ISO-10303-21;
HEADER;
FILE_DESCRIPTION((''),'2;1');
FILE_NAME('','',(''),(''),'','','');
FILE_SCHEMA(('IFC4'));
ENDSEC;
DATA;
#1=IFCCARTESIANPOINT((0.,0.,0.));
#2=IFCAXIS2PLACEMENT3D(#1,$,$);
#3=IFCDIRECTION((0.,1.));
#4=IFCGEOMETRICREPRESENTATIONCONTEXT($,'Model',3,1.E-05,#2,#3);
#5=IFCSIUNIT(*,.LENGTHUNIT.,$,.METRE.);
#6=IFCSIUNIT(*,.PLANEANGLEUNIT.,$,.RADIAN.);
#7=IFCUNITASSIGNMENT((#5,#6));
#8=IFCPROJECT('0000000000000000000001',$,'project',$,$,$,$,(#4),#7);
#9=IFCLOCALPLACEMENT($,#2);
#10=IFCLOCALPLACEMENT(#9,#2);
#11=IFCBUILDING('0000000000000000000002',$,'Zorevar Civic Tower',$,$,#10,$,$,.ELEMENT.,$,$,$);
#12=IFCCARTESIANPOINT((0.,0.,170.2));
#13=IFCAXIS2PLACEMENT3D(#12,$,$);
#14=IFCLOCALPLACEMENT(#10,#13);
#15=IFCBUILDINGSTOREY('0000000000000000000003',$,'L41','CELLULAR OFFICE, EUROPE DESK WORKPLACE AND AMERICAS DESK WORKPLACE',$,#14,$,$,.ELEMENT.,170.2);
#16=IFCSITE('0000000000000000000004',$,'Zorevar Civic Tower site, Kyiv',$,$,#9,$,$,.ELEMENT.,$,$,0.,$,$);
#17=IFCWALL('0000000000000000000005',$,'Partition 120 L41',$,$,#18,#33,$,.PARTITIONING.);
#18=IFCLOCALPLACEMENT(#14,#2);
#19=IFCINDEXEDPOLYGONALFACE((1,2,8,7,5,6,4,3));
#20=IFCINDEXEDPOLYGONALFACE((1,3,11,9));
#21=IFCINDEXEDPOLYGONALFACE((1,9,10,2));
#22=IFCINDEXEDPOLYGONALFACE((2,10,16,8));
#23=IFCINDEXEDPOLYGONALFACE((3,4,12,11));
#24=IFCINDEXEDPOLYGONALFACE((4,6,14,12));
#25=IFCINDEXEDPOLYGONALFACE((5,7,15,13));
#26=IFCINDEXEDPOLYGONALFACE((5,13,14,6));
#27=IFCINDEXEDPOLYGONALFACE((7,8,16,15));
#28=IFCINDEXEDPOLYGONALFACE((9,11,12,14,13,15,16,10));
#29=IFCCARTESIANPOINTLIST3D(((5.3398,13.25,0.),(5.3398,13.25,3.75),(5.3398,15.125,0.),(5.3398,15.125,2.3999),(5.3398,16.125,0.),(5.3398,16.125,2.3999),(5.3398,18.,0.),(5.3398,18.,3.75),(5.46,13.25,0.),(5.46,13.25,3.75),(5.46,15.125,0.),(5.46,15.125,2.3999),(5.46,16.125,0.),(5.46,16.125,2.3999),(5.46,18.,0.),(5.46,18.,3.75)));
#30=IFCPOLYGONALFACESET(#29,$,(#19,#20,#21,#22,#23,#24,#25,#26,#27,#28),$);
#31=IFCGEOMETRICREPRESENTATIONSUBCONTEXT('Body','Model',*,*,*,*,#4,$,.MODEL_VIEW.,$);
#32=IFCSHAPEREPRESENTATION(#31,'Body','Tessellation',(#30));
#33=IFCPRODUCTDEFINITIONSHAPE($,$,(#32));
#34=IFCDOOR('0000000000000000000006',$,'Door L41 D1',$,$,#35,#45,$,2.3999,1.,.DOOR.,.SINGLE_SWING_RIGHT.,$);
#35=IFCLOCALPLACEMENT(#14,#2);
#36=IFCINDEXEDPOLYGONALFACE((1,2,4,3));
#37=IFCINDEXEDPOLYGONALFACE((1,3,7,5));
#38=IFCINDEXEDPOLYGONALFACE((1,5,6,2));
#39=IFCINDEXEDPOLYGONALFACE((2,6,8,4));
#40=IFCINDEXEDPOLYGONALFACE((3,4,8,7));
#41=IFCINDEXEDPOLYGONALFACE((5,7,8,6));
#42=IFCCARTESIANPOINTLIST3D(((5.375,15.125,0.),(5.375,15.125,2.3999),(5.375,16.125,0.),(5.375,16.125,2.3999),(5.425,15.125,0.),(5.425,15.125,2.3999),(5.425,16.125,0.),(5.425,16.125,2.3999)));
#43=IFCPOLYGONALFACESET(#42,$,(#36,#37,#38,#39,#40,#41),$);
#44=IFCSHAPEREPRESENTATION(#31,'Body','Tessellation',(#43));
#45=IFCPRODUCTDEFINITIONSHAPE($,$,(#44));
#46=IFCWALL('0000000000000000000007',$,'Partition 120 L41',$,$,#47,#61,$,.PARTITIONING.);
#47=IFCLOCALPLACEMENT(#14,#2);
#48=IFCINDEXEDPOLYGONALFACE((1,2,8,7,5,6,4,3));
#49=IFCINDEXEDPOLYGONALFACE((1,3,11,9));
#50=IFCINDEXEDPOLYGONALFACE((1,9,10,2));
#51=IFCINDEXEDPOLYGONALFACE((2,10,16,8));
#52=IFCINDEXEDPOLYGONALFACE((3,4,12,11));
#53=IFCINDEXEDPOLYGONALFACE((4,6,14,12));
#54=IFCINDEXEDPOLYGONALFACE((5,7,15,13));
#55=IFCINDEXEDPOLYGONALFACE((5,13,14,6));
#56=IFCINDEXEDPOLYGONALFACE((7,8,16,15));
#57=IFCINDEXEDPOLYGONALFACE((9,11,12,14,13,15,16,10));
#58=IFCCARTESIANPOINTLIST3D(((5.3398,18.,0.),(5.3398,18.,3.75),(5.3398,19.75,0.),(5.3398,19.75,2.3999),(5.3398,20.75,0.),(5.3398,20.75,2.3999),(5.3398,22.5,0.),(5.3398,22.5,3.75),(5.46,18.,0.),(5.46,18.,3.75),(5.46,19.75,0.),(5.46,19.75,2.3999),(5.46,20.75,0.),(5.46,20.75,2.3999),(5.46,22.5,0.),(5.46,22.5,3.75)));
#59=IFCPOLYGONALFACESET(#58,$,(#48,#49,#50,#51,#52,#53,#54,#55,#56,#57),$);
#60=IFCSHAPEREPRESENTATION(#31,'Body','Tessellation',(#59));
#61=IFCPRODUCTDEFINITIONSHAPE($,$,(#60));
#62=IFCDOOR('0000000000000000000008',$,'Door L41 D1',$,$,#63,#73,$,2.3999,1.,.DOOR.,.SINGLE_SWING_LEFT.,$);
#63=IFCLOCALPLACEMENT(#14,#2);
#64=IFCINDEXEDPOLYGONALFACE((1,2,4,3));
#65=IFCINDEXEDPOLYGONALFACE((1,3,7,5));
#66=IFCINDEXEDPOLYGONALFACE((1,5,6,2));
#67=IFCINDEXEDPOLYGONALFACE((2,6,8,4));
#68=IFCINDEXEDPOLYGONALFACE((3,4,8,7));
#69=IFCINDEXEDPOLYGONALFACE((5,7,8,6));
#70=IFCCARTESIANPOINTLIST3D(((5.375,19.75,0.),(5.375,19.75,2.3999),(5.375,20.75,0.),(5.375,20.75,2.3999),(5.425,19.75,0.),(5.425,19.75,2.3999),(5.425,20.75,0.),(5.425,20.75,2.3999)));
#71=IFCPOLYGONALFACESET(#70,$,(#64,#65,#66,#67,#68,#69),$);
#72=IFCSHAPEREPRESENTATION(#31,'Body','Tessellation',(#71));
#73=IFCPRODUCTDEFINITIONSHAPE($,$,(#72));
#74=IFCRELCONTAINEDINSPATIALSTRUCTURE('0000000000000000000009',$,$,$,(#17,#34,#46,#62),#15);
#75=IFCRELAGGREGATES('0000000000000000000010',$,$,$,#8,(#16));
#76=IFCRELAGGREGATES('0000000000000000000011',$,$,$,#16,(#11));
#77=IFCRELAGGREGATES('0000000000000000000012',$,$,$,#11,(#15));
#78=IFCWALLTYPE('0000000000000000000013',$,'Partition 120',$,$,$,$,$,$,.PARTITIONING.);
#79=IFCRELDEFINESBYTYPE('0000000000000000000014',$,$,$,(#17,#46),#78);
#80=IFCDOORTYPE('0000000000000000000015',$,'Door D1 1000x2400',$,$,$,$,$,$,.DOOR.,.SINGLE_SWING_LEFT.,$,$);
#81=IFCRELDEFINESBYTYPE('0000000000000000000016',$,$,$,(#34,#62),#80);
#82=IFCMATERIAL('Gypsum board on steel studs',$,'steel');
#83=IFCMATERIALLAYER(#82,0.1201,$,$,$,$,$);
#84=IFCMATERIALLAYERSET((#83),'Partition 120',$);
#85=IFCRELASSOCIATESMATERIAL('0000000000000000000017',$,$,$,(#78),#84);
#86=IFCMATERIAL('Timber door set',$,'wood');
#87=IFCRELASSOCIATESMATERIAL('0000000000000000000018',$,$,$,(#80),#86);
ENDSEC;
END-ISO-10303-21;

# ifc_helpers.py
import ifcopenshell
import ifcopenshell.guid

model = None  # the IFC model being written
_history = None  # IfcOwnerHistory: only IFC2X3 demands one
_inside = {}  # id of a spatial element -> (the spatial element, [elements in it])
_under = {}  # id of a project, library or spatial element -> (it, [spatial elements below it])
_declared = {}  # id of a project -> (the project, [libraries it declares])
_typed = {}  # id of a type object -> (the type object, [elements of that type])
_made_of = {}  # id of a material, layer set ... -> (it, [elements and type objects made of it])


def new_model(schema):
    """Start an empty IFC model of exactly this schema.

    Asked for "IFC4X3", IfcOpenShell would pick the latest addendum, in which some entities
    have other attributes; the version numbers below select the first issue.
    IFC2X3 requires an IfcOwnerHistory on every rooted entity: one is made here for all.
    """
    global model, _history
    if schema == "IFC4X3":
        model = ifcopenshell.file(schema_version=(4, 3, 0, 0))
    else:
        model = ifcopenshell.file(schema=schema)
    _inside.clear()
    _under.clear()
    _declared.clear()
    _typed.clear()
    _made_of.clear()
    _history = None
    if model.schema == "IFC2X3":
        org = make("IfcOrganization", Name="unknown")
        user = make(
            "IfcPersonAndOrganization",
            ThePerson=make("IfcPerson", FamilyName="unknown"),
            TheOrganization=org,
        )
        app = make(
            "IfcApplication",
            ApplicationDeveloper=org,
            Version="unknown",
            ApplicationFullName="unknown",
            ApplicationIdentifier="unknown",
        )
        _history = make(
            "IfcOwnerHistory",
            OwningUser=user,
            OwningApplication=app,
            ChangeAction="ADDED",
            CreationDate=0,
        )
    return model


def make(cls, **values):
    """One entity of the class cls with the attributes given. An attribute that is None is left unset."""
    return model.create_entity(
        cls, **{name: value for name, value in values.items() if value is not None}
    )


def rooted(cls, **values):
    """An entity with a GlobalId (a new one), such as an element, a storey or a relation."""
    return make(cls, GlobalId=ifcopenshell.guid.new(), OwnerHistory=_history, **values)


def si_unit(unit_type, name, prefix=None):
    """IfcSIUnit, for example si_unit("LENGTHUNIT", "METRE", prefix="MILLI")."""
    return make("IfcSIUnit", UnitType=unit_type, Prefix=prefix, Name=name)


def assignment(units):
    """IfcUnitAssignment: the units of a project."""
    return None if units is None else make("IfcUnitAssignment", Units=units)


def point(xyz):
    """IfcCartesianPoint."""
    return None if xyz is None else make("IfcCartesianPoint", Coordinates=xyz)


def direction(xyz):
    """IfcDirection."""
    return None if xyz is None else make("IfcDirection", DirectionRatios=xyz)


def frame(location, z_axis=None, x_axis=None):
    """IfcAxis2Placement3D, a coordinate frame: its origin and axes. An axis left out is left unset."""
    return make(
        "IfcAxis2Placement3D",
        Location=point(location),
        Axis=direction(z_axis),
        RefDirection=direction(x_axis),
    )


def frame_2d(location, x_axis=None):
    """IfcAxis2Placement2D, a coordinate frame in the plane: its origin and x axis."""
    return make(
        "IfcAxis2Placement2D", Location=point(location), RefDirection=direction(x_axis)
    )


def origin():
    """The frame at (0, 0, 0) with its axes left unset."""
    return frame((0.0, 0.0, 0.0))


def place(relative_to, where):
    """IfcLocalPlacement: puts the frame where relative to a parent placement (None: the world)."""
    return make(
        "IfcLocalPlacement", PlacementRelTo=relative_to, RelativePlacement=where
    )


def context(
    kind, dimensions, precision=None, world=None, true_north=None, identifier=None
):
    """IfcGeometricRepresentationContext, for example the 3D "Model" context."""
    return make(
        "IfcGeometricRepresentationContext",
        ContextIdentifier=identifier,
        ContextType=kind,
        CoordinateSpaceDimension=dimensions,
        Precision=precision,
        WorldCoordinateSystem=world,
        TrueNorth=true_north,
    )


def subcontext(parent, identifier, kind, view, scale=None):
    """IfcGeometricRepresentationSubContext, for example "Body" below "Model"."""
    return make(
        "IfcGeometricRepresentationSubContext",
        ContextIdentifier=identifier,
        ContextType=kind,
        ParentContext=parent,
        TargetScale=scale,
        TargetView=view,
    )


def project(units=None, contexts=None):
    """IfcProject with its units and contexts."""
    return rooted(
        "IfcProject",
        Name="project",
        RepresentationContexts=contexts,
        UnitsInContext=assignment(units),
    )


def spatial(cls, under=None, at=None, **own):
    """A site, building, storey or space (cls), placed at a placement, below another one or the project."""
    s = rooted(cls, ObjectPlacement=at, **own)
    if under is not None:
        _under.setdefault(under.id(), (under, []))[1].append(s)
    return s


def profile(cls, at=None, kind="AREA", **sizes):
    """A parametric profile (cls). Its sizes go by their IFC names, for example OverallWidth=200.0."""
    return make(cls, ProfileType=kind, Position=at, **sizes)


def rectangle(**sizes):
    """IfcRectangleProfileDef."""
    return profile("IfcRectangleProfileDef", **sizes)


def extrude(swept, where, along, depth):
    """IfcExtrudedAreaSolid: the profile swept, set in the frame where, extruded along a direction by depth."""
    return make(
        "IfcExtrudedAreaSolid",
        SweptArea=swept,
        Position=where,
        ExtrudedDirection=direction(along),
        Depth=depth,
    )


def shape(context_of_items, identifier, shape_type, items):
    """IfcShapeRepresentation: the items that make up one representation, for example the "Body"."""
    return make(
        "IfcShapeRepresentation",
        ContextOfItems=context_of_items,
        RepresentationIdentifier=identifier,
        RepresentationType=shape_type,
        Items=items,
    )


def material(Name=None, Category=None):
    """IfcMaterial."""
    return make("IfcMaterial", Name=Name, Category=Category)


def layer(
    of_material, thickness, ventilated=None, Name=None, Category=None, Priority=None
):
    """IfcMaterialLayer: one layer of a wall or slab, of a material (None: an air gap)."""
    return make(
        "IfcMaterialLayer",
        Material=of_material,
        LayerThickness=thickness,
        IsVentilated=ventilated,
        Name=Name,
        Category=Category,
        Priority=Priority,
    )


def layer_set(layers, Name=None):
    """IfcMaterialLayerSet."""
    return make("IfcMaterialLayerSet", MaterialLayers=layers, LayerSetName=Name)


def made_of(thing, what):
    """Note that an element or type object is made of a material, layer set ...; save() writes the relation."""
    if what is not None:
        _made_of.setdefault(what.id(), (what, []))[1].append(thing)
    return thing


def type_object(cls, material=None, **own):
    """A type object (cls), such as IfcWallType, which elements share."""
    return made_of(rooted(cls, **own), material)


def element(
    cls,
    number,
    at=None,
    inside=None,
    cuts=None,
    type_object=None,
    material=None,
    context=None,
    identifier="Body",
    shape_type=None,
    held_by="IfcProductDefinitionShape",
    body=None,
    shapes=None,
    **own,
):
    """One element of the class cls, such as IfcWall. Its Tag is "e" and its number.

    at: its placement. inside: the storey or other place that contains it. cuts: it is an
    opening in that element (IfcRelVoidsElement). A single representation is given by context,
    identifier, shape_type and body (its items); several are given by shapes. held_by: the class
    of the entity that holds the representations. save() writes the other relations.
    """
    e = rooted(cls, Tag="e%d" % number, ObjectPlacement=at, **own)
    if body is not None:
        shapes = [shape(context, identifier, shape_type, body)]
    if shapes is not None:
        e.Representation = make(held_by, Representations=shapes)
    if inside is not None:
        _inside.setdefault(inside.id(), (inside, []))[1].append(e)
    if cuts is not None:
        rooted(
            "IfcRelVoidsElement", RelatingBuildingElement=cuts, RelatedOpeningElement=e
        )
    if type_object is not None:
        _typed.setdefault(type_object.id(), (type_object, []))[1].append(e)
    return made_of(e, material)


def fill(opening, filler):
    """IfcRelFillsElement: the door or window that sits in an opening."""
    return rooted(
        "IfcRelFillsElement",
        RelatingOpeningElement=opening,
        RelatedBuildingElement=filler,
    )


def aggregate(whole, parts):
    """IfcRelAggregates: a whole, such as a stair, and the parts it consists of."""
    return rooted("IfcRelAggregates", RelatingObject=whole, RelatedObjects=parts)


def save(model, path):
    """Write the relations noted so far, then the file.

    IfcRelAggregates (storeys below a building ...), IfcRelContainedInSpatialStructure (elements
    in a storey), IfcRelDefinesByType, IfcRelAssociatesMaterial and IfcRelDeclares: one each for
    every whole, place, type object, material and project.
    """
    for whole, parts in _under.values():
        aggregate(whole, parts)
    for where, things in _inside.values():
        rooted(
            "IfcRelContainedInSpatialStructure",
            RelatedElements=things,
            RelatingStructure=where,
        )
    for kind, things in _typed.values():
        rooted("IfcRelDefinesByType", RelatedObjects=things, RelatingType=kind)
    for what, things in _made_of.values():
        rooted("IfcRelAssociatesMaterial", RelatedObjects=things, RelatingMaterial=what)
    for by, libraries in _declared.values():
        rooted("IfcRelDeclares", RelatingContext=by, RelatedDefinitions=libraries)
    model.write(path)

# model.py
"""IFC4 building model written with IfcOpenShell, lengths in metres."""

from ifc_helpers import new_model, si_unit, direction, frame, frame_2d, origin, place, context, subcontext, project, spatial, rectangle, extrude, material, layer, layer_set, type_object, element, fill, save


model = new_model("IFC4")

# Units and contexts
model_context = context("Model", 3, precision=1e-05, world=origin(), true_north=direction((0.0, 1.0)))
body_context = subcontext(model_context, "Body", "Model", "MODEL_VIEW")
ifc_project = project(units=[si_unit("LENGTHUNIT", "METRE"), si_unit("PLANEANGLEUNIT", "RADIAN")], contexts=[model_context])

# Site, building, storey
site_placement = place(None, origin())
site = spatial("IfcSite", under=ifc_project, at=site_placement, Name="Zorevar Civic Tower site, Kyiv", CompositionType="ELEMENT", RefElevation=0.0)
building_placement = place(site_placement, origin())
building = spatial("IfcBuilding", under=site, at=building_placement, Name="Zorevar Civic Tower", CompositionType="ELEMENT")
storey_placement = place(building_placement, frame((0.0, 0.0, 170.2)))
storey = spatial("IfcBuildingStorey", under=building, at=storey_placement, Name="L41", Description="CELLULAR OFFICE, EUROPE DESK WORKPLACE AND AMERICAS DESK WORKPLACE", CompositionType="ELEMENT", Elevation=170.2)

# Shared definitions
ifc_material_1 = material(Name="Gypsum board on steel studs", Category="steel")
ifc_layer_1 = layer(ifc_material_1, 0.1201)
ifc_layer_set_1 = layer_set([ifc_layer_1], Name="Partition 120")
wall_type_1 = type_object("IfcWallType", Name="Partition 120", PredefinedType="PARTITIONING", material=ifc_layer_set_1)

# Walls, openings, doors
wall_1_placement = place(storey_placement, frame((5.3999, 13.25, 0.0), z_axis=(0.0, 0.0, 1.0), x_axis=(0.0, 1.0, 0.0)))
wall_1 = element("IfcWall", 1, at=wall_1_placement, inside=storey, type_object=wall_type_1, Name="Partition 120 L41", PredefinedType="PARTITIONING", context=body_context, shape_type="SweptSolid", body=[
    extrude(rectangle(XDim=4.75, YDim=0.1201, at=frame_2d((2.375, 0.0))), origin(), (0.0, 0.0, 1.0), 3.75),
])
opening_1_placement = place(wall_1_placement, frame((1.875, 0.0, 0.0)))
opening_1 = element("IfcOpeningElement", 2, at=opening_1_placement, cuts=wall_1, PredefinedType="OPENING", context=body_context, shape_type="SweptSolid", body=[
    extrude(rectangle(XDim=1.0, YDim=2.3999, at=frame_2d((0.5, 1.2))), frame((0.0, 0.0701, 0.0), z_axis=(0.0, -1.0, 0.0), x_axis=(1.0, 0.0, 0.0)), (0.0, 0.0, 1.0), 0.1401),
])
ifc_material_2 = material(Name="Timber door set", Category="wood")
door_type_1 = type_object("IfcDoorType", Name="Door D1 1000x2400", OperationType="SINGLE_SWING_LEFT", PredefinedType="DOOR", material=ifc_material_2)
door_1_placement = place(opening_1_placement, origin())
door_1 = element("IfcDoor", 3, at=door_1_placement, inside=storey, type_object=door_type_1, Name="Door L41 D1", OperationType="SINGLE_SWING_RIGHT", OverallHeight=2.3999, OverallWidth=1.0, PredefinedType="DOOR", context=body_context, shape_type="SweptSolid", body=[
    extrude(rectangle(XDim=1.0, YDim=2.3999, at=frame_2d((0.5, 1.2))), frame((0.0, 0.0249, 0.0), z_axis=(0.0, -1.0, 0.0), x_axis=(1.0, 0.0, 0.0)), (0.0, 0.0, 1.0), 0.05),
])
fill(opening_1, door_1)
wall_2_placement = place(storey_placement, frame((5.3999, 18.0, 0.0), z_axis=(0.0, 0.0, 1.0), x_axis=(0.0, 1.0, 0.0)))
wall_2 = element("IfcWall", 4, at=wall_2_placement, inside=storey, type_object=wall_type_1, Name="Partition 120 L41", PredefinedType="PARTITIONING", context=body_context, shape_type="SweptSolid", body=[
    extrude(rectangle(XDim=4.5, YDim=0.1201, at=frame_2d((2.25, 0.0))), origin(), (0.0, 0.0, 1.0), 3.75),
])
opening_2_placement = place(wall_2_placement, frame((1.75, 0.0, 0.0)))
opening_2 = element("IfcOpeningElement", 5, at=opening_2_placement, cuts=wall_2, PredefinedType="OPENING", context=body_context, shape_type="SweptSolid", body=[
    extrude(rectangle(XDim=1.0, YDim=2.3999, at=frame_2d((0.5, 1.2))), frame((0.0, 0.0701, 0.0), z_axis=(0.0, -1.0, 0.0), x_axis=(1.0, 0.0, 0.0)), (0.0, 0.0, 1.0), 0.1401),
])
door_2_placement = place(opening_2_placement, origin())
door_2 = element("IfcDoor", 6, at=door_2_placement, inside=storey, type_object=door_type_1, Name="Door L41 D1", OperationType="SINGLE_SWING_LEFT", OverallHeight=2.3999, OverallWidth=1.0, PredefinedType="DOOR", context=body_context, shape_type="SweptSolid", body=[
    extrude(rectangle(XDim=1.0, YDim=2.3999, at=frame_2d((0.5, 1.2))), frame((0.0, 0.0249, 0.0), z_axis=(0.0, -1.0, 0.0), x_axis=(1.0, 0.0, 0.0)), (0.0, 0.0, 1.0), 0.05),
])
fill(opening_2, door_2)

save(model, "model.ifc")
